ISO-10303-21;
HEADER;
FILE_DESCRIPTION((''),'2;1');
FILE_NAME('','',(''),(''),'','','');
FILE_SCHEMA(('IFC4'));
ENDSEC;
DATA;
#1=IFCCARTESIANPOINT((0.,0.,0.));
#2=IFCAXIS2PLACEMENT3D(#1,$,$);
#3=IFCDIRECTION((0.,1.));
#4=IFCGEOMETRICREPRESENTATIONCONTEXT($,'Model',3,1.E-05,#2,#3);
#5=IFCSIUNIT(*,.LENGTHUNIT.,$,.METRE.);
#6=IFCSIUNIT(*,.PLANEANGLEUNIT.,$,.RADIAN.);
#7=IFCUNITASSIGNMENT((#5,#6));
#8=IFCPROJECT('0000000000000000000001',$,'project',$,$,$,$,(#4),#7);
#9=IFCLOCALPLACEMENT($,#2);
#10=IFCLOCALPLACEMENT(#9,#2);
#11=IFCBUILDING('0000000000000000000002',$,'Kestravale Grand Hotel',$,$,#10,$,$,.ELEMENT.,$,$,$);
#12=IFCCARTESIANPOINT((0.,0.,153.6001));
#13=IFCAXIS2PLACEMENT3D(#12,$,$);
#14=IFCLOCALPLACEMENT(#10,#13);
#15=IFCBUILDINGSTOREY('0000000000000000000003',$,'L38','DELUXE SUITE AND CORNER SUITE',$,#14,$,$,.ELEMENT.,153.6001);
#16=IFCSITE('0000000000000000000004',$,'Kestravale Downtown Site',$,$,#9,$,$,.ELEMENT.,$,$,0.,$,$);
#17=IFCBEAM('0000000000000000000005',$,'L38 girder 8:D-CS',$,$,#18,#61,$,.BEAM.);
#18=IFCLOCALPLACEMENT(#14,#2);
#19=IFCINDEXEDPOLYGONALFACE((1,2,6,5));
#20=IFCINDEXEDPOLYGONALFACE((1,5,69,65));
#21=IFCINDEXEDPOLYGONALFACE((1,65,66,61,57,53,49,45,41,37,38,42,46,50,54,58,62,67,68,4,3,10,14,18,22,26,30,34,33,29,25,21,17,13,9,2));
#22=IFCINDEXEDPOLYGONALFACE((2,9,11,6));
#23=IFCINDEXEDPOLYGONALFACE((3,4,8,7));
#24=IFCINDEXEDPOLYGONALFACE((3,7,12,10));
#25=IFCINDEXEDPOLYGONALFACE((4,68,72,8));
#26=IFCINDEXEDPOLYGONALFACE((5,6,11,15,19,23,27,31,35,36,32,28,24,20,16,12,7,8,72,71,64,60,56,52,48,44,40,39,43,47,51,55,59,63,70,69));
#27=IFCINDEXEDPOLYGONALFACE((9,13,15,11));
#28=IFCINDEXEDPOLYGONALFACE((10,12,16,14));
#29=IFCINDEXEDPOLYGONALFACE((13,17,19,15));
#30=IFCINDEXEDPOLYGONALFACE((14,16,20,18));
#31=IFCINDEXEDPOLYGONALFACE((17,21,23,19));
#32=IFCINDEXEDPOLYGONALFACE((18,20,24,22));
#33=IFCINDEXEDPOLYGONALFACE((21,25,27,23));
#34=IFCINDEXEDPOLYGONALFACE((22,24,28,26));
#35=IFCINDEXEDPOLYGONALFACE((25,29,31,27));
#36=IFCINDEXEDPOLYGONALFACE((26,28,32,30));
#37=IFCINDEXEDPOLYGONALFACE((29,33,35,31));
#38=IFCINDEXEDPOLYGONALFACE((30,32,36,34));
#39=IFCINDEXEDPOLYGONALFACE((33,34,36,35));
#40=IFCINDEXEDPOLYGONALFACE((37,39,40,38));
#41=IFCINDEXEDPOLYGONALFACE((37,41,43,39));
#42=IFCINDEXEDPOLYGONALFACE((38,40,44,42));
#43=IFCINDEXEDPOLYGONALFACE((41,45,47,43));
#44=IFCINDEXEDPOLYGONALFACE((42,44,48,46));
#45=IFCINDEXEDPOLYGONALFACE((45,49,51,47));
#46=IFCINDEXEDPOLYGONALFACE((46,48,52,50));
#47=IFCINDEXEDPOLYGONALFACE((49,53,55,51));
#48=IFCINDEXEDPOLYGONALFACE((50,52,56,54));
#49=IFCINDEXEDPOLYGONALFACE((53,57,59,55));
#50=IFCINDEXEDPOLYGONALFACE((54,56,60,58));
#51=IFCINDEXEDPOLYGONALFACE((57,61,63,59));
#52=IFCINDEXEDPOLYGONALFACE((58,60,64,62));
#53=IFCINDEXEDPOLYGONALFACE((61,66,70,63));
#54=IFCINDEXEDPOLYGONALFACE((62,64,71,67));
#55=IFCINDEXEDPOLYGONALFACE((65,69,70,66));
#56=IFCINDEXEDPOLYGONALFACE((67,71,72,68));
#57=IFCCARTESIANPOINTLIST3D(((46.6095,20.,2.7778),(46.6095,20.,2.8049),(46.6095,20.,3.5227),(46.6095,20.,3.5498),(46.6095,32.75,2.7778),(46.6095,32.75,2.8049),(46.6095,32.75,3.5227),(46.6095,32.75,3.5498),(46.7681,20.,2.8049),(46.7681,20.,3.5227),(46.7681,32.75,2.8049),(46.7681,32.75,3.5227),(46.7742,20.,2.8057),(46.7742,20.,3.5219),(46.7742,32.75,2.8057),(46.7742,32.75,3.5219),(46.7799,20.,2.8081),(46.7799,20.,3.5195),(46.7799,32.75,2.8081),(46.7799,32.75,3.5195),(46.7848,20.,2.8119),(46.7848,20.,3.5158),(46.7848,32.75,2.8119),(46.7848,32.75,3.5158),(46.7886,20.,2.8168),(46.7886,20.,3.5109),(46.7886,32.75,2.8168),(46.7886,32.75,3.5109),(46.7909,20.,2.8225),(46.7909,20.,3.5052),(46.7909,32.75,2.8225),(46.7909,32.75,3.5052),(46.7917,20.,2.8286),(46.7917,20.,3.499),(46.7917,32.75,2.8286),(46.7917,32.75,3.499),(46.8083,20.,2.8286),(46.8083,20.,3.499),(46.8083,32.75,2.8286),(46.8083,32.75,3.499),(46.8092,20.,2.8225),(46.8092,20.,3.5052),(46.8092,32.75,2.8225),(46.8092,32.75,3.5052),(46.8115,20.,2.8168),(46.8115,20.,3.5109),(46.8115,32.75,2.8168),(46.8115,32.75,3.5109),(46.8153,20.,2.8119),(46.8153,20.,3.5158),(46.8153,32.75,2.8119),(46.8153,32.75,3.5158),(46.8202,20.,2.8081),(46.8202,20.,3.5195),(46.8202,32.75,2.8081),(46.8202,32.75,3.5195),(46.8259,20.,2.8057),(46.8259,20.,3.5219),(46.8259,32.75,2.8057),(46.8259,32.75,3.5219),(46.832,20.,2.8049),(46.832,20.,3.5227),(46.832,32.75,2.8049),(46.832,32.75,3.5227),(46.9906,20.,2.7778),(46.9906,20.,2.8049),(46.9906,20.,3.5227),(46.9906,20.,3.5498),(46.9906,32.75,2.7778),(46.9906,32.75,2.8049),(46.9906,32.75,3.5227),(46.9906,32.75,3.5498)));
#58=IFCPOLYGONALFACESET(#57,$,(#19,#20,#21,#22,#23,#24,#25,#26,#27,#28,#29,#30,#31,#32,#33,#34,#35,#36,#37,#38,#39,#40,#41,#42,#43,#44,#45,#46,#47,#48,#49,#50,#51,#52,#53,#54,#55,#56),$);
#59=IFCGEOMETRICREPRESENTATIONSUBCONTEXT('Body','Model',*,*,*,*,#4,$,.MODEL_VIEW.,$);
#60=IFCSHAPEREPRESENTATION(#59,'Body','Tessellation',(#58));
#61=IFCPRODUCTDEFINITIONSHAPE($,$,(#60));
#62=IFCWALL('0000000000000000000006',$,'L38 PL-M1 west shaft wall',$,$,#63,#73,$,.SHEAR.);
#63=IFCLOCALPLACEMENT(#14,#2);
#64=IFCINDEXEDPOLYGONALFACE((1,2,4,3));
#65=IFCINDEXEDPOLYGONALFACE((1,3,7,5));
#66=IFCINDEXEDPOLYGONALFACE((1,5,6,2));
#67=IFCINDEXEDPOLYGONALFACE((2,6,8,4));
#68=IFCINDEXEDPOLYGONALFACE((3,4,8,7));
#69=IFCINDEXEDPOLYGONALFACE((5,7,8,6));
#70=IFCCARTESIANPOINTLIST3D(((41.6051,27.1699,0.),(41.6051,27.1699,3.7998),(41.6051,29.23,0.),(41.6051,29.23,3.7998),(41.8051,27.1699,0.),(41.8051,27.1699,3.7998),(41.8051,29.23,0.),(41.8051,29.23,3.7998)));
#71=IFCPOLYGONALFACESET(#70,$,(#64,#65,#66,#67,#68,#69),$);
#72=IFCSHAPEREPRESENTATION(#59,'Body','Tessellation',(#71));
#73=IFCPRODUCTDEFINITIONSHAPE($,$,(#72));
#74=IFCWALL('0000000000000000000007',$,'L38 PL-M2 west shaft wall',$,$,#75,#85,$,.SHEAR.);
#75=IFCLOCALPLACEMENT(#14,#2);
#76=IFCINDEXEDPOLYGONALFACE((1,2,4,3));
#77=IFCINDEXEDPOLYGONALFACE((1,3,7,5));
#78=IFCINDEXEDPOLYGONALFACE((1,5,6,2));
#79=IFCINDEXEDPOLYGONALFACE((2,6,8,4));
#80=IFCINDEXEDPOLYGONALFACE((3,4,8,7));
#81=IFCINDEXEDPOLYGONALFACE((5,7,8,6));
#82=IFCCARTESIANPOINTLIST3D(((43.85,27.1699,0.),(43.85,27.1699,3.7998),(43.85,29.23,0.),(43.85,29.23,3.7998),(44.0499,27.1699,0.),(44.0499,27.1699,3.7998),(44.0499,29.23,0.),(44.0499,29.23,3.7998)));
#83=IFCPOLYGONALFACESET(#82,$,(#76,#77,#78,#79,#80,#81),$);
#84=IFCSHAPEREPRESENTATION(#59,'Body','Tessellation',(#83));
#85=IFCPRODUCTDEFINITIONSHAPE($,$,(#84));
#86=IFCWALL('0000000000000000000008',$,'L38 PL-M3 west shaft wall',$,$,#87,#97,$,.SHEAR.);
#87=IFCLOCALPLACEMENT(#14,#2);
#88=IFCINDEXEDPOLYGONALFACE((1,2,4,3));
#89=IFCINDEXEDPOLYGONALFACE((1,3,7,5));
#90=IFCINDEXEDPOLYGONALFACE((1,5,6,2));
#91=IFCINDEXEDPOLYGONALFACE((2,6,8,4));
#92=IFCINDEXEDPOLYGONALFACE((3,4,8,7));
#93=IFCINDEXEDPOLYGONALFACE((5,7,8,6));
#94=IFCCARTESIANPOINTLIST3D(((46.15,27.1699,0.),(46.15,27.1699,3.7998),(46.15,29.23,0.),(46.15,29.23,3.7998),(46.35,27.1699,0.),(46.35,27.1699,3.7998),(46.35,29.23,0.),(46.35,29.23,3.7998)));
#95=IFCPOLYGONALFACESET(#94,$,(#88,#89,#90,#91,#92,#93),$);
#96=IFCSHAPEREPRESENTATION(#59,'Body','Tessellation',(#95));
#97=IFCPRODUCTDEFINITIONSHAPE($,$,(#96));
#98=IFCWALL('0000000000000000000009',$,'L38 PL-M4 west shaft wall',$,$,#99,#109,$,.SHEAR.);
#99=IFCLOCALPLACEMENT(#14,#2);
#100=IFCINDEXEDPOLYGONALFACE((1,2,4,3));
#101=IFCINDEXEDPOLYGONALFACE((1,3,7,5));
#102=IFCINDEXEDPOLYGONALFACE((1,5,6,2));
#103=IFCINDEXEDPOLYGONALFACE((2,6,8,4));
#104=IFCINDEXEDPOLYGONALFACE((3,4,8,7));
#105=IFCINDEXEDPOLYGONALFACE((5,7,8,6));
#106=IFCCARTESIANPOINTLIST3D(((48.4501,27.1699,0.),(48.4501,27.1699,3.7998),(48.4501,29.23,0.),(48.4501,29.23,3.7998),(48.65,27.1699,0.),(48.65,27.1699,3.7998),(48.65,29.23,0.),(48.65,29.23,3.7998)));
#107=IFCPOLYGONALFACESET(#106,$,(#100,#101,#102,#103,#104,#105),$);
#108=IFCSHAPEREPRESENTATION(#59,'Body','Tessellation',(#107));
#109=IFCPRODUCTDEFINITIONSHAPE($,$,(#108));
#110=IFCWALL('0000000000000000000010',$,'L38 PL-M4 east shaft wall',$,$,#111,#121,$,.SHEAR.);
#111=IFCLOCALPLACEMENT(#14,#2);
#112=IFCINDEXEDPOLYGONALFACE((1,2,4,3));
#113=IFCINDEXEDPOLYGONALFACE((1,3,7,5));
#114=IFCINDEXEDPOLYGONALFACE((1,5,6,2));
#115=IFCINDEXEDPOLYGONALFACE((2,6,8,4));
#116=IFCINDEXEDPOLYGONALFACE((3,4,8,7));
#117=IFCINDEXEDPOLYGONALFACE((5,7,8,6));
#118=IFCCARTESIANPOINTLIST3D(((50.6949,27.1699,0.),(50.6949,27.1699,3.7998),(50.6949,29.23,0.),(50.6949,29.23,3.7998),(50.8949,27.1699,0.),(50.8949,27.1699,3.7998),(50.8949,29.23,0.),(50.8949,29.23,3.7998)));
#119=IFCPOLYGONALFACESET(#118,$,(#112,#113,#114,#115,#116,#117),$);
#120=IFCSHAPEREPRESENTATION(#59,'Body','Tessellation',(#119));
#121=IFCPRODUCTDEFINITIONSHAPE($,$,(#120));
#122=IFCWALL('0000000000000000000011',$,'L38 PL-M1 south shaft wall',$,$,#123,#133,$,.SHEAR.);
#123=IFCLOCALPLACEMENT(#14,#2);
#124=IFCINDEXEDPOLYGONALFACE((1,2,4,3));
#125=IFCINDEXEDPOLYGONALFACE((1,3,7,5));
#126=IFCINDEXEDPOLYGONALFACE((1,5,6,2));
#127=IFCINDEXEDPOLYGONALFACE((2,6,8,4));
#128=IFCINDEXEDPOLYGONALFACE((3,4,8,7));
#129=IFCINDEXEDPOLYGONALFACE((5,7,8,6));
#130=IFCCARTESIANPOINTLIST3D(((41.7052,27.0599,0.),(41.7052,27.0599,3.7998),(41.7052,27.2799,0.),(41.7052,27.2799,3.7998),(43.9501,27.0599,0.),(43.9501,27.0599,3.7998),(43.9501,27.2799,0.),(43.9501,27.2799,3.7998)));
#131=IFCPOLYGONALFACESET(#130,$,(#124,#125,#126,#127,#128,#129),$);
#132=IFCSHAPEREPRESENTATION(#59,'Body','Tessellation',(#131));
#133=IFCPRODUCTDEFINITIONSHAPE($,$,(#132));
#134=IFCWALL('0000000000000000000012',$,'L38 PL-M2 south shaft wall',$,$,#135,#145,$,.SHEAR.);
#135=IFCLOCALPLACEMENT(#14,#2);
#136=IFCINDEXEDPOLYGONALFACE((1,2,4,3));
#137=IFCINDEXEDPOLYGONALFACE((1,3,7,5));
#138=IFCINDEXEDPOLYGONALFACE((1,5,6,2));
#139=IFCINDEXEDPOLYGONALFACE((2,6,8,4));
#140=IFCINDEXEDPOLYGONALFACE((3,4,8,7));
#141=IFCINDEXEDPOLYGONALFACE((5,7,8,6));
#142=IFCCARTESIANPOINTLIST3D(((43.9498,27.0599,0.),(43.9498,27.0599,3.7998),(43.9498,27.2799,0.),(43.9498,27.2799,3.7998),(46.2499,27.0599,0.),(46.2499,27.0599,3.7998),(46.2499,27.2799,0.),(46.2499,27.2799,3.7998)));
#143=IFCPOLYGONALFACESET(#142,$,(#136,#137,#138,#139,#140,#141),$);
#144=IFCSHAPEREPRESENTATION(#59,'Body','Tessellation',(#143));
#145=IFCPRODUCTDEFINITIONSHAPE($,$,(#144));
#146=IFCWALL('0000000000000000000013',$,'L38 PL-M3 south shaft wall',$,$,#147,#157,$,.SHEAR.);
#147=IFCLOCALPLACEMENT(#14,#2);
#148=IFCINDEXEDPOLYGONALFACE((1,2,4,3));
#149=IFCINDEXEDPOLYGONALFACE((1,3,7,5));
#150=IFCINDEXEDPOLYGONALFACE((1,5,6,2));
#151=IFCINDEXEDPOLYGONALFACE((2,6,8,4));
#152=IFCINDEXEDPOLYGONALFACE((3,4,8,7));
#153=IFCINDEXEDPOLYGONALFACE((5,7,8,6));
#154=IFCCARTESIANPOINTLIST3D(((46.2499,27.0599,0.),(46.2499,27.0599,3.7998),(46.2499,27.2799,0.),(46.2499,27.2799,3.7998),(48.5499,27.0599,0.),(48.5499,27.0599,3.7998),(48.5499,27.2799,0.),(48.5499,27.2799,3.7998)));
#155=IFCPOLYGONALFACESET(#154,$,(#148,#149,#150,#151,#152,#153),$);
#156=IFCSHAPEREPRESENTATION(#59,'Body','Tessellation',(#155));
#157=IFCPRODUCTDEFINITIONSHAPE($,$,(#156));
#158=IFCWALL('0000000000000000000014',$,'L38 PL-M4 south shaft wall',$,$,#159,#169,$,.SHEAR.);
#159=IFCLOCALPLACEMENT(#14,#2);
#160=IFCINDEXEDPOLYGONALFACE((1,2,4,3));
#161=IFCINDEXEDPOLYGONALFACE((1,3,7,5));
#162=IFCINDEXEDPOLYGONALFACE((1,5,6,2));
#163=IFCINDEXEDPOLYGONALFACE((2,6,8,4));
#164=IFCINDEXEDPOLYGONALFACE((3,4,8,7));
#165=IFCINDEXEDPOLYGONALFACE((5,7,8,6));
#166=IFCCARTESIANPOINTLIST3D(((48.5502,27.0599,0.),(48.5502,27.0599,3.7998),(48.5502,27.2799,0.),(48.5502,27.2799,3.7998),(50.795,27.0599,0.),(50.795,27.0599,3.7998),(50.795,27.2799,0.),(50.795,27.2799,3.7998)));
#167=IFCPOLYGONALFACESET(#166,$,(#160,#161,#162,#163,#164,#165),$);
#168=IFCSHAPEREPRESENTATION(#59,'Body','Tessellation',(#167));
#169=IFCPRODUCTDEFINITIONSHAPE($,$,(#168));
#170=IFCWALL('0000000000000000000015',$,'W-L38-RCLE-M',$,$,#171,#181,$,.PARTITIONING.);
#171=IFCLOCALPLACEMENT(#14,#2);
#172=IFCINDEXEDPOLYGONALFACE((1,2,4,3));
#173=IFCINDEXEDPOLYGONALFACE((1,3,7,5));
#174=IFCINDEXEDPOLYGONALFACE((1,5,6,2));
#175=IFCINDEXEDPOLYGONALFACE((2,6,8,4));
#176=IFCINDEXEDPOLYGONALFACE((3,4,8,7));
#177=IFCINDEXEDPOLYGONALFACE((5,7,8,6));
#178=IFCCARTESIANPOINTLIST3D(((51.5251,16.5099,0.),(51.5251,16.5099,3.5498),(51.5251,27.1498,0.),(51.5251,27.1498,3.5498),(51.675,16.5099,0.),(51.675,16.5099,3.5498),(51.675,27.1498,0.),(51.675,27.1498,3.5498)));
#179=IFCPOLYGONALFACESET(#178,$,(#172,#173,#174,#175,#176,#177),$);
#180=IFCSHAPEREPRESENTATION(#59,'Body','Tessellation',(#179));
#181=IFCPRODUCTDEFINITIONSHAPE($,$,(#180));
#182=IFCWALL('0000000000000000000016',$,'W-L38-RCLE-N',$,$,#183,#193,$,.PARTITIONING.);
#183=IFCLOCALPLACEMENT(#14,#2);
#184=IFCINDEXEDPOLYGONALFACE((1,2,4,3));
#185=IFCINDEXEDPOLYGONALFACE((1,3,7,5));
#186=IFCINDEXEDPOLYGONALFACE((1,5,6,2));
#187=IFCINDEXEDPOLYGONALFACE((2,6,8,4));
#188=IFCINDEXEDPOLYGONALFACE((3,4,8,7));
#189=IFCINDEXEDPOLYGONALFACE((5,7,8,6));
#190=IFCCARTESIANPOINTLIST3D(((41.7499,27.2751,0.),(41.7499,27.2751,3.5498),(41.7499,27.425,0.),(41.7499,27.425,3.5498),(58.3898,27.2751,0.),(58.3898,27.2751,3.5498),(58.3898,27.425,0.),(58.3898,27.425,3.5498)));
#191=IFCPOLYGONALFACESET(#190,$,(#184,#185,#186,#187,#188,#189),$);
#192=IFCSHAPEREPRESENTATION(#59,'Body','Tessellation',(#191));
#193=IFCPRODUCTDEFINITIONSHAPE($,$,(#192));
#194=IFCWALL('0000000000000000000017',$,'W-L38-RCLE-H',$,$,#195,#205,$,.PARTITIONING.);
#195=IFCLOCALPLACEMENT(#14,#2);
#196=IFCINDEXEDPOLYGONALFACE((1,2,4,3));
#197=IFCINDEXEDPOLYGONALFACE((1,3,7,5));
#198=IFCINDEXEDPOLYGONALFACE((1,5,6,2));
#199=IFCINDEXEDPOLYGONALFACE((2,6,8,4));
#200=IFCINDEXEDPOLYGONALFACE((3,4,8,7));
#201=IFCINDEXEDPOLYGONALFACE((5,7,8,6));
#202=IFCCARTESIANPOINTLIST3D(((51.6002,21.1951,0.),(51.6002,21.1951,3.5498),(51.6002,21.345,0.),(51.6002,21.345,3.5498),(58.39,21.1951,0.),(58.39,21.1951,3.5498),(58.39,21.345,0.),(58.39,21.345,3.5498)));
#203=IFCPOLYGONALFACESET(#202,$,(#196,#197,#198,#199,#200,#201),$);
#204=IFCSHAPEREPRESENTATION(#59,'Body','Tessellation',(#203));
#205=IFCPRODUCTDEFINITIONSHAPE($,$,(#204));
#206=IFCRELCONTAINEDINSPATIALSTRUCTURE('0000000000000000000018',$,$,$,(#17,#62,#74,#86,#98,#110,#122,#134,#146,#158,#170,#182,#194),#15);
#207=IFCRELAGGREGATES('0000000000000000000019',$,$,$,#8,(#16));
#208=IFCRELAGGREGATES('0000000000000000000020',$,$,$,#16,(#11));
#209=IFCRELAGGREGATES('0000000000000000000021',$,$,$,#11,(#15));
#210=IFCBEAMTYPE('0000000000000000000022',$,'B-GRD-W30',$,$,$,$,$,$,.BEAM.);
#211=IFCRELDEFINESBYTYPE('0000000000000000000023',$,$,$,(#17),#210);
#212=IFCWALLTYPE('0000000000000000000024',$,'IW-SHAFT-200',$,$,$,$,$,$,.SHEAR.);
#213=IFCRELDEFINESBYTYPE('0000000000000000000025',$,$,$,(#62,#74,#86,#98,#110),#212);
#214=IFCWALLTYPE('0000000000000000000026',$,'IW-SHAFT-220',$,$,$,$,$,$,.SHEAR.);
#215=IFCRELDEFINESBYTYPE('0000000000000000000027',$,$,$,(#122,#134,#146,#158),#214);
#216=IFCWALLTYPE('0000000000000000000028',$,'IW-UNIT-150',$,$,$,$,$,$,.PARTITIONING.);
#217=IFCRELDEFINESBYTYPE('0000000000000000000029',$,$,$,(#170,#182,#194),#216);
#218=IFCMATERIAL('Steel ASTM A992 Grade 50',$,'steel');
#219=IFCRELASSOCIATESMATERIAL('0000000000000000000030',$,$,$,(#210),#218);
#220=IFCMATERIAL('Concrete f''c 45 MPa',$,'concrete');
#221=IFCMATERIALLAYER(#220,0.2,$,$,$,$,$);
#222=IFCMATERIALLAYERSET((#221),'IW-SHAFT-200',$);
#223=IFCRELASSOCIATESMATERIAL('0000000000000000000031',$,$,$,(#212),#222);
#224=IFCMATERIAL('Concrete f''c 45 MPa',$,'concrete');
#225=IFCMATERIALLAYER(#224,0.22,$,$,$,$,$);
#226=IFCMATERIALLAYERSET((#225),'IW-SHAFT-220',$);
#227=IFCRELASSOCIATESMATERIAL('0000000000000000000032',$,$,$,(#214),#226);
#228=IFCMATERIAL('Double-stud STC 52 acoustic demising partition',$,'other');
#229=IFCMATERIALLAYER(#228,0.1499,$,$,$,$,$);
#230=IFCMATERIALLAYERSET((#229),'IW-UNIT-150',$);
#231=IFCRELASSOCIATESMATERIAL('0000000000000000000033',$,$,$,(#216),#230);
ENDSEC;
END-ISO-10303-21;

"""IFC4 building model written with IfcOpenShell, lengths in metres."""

from ifc_helpers import new_model, si_unit, direction, frame, frame_2d, origin, origin_2d, place, context, subcontext, project, spatial, rectangle, i_section, extrude, material, layer, layer_set, material_profile, profile_set, type_object, element, save


model = new_model("IFC4")

# Units and contexts
model_context = context("Model", 3, precision=1e-05, world=origin(), true_north=direction((0.0, 1.0)))
body_context = subcontext(model_context, "Body", "Model", "MODEL_VIEW")
ifc_project = project(units=[si_unit("LENGTHUNIT", "METRE"), si_unit("PLANEANGLEUNIT", "RADIAN")], contexts=[model_context])

# Site, building, storey
site_placement = place(None, origin())
site = spatial("IfcSite", under=ifc_project, at=site_placement, Name="Kestravale Downtown Site", CompositionType="ELEMENT", RefElevation=0.0)
building_placement = place(site_placement, origin())
building = spatial("IfcBuilding", under=site, at=building_placement, Name="Kestravale Grand Hotel", CompositionType="ELEMENT")
storey_placement = place(building_placement, frame((0.0, 0.0, 153.6001)))
storey = spatial("IfcBuildingStorey", under=building, at=storey_placement, Name="L38", Description="DELUXE SUITE AND CORNER SUITE", CompositionType="ELEMENT", Elevation=153.6001)

# Beam
ifc_material_1 = material(Name="Steel ASTM A992 Grade 50", Category="steel")
ifc_material_profile_1 = material_profile(ifc_material_1, i_section(OverallWidth=0.3811, OverallDepth=0.772, WebThickness=0.0166, FlangeThickness=0.0271, FilletRadius=0.0237, at=origin_2d()))
ifc_profile_set_1 = profile_set([ifc_material_profile_1], Name="Steel ASTM A992 Grade 50")
beam_type = type_object("IfcBeamType", Name="B-GRD-W30", PredefinedType="BEAM", material=ifc_profile_set_1)
beam_1_placement = place(storey_placement, frame((46.8, 20.0, 3.1638), z_axis=(0.0, 1.0, 0.0), x_axis=(-1.0, 0.0, 0.0)))
element("IfcBeam", 1, at=beam_1_placement, inside=storey, type_object=beam_type, Name="L38 girder 8:D-CS", PredefinedType="BEAM", context=body_context, shape_type="SweptSolid", body=[
    extrude(i_section(OverallWidth=0.3811, OverallDepth=0.772, WebThickness=0.0166, FlangeThickness=0.0271, FilletRadius=0.0237, at=origin_2d()), origin(), (0.0, 0.0, 1.0), 12.75),
])

# Walls
ifc_material_2 = material(Name="Concrete f'c 45 MPa", Category="concrete")
ifc_layer_1 = layer(ifc_material_2, 0.2)
ifc_layer_set_1 = layer_set([ifc_layer_1], Name="IW-SHAFT-200")
wall_type_1 = type_object("IfcWallType", Name="IW-SHAFT-200", PredefinedType="SHEAR", material=ifc_layer_set_1)
for number, where, z_axis, x_axis, name in (
    (2, (41.7051, 27.1699, 0.0), (0.0, 0.0, 1.0), (0.0, 1.0, 0.0), "L38 PL-M1 west shaft wall"),
    (3, (43.95, 27.1699, 0.0), (0.0, 0.0, 1.0), (0.0, 1.0, 0.0), "L38 PL-M2 west shaft wall"),
    (4, (46.25, 27.1699, 0.0), (0.0, 0.0, 1.0), (0.0, 1.0, 0.0), "L38 PL-M3 west shaft wall"),
    (5, (48.55, 27.1699, 0.0), (0.0, 0.0, 1.0), (0.0, 1.0, 0.0), "L38 PL-M4 west shaft wall"),
    (6, (50.7949, 27.1699, 0.0), (0.0, 0.0, 1.0), (0.0, 1.0, 0.0), "L38 PL-M4 east shaft wall"),
):
    element("IfcWall", number, at=place(storey_placement, frame(where, z_axis=z_axis, x_axis=x_axis)), inside=storey, type_object=wall_type_1, Name=name, PredefinedType="SHEAR", context=body_context, shape_type="SweptSolid", body=[
        extrude(rectangle(XDim=2.0601, YDim=0.2, at=frame_2d((1.03, 0.0))), origin(), (0.0, 0.0, 1.0), 3.7998),
    ])

# Shared definitions
ifc_material_3 = material(Name="Concrete f'c 45 MPa", Category="concrete")
ifc_layer_2 = layer(ifc_material_3, 0.22)
ifc_layer_set_2 = layer_set([ifc_layer_2], Name="IW-SHAFT-220")
wall_type_2 = type_object("IfcWallType", Name="IW-SHAFT-220", PredefinedType="SHEAR", material=ifc_layer_set_2)

# Wall
wall_1_placement = place(storey_placement, frame((41.7051, 27.1699, 0.0), z_axis=(0.0, 0.0, 1.0), x_axis=(1.0, 0.0, 0.0)))
element("IfcWall", 7, at=wall_1_placement, inside=storey, type_object=wall_type_2, Name="L38 PL-M1 south shaft wall", PredefinedType="SHEAR", context=body_context, shape_type="SweptSolid", body=[
    extrude(rectangle(XDim=2.2449, YDim=0.22, at=frame_2d((1.1226, 0.0))), origin(), (0.0, 0.0, 1.0), 3.7998),
])

# Walls
for number, where, z_axis, x_axis, name in (
    (8, (43.95, 27.1699, 0.0), (0.0, 0.0, 1.0), (1.0, 0.0, 0.0), "L38 PL-M2 south shaft wall"),
    (9, (46.25, 27.1699, 0.0), (0.0, 0.0, 1.0), (1.0, 0.0, 0.0), "L38 PL-M3 south shaft wall"),
):
    element("IfcWall", number, at=place(storey_placement, frame(where, z_axis=z_axis, x_axis=x_axis)), inside=storey, type_object=wall_type_2, Name=name, PredefinedType="SHEAR", context=body_context, shape_type="SweptSolid", body=[
        extrude(rectangle(XDim=2.3, YDim=0.22, at=frame_2d((1.1499, 0.0))), origin(), (0.0, 0.0, 1.0), 3.7998),
    ])
wall_2_placement = place(storey_placement, frame((48.55, 27.1699, 0.0), z_axis=(0.0, 0.0, 1.0), x_axis=(1.0, 0.0, 0.0)))
element("IfcWall", 10, at=wall_2_placement, inside=storey, type_object=wall_type_2, Name="L38 PL-M4 south shaft wall", PredefinedType="SHEAR", context=body_context, shape_type="SweptSolid", body=[
    extrude(rectangle(XDim=2.2449, YDim=0.22, at=frame_2d((1.1226, 0.0))), origin(), (0.0, 0.0, 1.0), 3.7998),
])
ifc_material_4 = material(Name="Double-stud STC 52 acoustic demising partition", Category="other")
ifc_layer_3 = layer(ifc_material_4, 0.1499)
ifc_layer_set_3 = layer_set([ifc_layer_3], Name="IW-UNIT-150")
wall_type_3 = type_object("IfcWallType", Name="IW-UNIT-150", PredefinedType="PARTITIONING", material=ifc_layer_set_3)
wall_3_placement = place(storey_placement, frame((51.6001, 16.51, 0.0), z_axis=(0.0, 0.0, 1.0), x_axis=(0.0, 1.0, 0.0)))
element("IfcWall", 11, at=wall_3_placement, inside=storey, type_object=wall_type_3, Name="W-L38-RCLE-M", PredefinedType="PARTITIONING", context=body_context, shape_type="SweptSolid", body=[
    extrude(rectangle(XDim=10.6399, YDim=0.1499, at=frame_2d((5.3198, 0.0))), origin(), (0.0, 0.0, 1.0), 3.5498),
])
wall_4_placement = place(storey_placement, frame((41.75, 27.3501, 0.0), z_axis=(0.0, 0.0, 1.0), x_axis=(1.0, 0.0, 0.0)))
element("IfcWall", 12, at=wall_4_placement, inside=storey, type_object=wall_type_3, Name="W-L38-RCLE-N", PredefinedType="PARTITIONING", context=body_context, shape_type="SweptSolid", body=[
    extrude(rectangle(XDim=16.6399, YDim=0.1499, at=frame_2d((8.3198, 0.0))), origin(), (0.0, 0.0, 1.0), 3.5498),
])
wall_5_placement = place(storey_placement, frame((51.6001, 21.27, 0.0), z_axis=(0.0, 0.0, 1.0), x_axis=(1.0, 0.0, 0.0)))
element("IfcWall", 13, at=wall_5_placement, inside=storey, type_object=wall_type_3, Name="W-L38-RCLE-H", PredefinedType="PARTITIONING", context=body_context, shape_type="SweptSolid", body=[
    extrude(rectangle(XDim=6.7898, YDim=0.1499, at=frame_2d((3.395, 0.0))), origin(), (0.0, 0.0, 1.0), 3.5498),
])

save(model, "model.ifc")
